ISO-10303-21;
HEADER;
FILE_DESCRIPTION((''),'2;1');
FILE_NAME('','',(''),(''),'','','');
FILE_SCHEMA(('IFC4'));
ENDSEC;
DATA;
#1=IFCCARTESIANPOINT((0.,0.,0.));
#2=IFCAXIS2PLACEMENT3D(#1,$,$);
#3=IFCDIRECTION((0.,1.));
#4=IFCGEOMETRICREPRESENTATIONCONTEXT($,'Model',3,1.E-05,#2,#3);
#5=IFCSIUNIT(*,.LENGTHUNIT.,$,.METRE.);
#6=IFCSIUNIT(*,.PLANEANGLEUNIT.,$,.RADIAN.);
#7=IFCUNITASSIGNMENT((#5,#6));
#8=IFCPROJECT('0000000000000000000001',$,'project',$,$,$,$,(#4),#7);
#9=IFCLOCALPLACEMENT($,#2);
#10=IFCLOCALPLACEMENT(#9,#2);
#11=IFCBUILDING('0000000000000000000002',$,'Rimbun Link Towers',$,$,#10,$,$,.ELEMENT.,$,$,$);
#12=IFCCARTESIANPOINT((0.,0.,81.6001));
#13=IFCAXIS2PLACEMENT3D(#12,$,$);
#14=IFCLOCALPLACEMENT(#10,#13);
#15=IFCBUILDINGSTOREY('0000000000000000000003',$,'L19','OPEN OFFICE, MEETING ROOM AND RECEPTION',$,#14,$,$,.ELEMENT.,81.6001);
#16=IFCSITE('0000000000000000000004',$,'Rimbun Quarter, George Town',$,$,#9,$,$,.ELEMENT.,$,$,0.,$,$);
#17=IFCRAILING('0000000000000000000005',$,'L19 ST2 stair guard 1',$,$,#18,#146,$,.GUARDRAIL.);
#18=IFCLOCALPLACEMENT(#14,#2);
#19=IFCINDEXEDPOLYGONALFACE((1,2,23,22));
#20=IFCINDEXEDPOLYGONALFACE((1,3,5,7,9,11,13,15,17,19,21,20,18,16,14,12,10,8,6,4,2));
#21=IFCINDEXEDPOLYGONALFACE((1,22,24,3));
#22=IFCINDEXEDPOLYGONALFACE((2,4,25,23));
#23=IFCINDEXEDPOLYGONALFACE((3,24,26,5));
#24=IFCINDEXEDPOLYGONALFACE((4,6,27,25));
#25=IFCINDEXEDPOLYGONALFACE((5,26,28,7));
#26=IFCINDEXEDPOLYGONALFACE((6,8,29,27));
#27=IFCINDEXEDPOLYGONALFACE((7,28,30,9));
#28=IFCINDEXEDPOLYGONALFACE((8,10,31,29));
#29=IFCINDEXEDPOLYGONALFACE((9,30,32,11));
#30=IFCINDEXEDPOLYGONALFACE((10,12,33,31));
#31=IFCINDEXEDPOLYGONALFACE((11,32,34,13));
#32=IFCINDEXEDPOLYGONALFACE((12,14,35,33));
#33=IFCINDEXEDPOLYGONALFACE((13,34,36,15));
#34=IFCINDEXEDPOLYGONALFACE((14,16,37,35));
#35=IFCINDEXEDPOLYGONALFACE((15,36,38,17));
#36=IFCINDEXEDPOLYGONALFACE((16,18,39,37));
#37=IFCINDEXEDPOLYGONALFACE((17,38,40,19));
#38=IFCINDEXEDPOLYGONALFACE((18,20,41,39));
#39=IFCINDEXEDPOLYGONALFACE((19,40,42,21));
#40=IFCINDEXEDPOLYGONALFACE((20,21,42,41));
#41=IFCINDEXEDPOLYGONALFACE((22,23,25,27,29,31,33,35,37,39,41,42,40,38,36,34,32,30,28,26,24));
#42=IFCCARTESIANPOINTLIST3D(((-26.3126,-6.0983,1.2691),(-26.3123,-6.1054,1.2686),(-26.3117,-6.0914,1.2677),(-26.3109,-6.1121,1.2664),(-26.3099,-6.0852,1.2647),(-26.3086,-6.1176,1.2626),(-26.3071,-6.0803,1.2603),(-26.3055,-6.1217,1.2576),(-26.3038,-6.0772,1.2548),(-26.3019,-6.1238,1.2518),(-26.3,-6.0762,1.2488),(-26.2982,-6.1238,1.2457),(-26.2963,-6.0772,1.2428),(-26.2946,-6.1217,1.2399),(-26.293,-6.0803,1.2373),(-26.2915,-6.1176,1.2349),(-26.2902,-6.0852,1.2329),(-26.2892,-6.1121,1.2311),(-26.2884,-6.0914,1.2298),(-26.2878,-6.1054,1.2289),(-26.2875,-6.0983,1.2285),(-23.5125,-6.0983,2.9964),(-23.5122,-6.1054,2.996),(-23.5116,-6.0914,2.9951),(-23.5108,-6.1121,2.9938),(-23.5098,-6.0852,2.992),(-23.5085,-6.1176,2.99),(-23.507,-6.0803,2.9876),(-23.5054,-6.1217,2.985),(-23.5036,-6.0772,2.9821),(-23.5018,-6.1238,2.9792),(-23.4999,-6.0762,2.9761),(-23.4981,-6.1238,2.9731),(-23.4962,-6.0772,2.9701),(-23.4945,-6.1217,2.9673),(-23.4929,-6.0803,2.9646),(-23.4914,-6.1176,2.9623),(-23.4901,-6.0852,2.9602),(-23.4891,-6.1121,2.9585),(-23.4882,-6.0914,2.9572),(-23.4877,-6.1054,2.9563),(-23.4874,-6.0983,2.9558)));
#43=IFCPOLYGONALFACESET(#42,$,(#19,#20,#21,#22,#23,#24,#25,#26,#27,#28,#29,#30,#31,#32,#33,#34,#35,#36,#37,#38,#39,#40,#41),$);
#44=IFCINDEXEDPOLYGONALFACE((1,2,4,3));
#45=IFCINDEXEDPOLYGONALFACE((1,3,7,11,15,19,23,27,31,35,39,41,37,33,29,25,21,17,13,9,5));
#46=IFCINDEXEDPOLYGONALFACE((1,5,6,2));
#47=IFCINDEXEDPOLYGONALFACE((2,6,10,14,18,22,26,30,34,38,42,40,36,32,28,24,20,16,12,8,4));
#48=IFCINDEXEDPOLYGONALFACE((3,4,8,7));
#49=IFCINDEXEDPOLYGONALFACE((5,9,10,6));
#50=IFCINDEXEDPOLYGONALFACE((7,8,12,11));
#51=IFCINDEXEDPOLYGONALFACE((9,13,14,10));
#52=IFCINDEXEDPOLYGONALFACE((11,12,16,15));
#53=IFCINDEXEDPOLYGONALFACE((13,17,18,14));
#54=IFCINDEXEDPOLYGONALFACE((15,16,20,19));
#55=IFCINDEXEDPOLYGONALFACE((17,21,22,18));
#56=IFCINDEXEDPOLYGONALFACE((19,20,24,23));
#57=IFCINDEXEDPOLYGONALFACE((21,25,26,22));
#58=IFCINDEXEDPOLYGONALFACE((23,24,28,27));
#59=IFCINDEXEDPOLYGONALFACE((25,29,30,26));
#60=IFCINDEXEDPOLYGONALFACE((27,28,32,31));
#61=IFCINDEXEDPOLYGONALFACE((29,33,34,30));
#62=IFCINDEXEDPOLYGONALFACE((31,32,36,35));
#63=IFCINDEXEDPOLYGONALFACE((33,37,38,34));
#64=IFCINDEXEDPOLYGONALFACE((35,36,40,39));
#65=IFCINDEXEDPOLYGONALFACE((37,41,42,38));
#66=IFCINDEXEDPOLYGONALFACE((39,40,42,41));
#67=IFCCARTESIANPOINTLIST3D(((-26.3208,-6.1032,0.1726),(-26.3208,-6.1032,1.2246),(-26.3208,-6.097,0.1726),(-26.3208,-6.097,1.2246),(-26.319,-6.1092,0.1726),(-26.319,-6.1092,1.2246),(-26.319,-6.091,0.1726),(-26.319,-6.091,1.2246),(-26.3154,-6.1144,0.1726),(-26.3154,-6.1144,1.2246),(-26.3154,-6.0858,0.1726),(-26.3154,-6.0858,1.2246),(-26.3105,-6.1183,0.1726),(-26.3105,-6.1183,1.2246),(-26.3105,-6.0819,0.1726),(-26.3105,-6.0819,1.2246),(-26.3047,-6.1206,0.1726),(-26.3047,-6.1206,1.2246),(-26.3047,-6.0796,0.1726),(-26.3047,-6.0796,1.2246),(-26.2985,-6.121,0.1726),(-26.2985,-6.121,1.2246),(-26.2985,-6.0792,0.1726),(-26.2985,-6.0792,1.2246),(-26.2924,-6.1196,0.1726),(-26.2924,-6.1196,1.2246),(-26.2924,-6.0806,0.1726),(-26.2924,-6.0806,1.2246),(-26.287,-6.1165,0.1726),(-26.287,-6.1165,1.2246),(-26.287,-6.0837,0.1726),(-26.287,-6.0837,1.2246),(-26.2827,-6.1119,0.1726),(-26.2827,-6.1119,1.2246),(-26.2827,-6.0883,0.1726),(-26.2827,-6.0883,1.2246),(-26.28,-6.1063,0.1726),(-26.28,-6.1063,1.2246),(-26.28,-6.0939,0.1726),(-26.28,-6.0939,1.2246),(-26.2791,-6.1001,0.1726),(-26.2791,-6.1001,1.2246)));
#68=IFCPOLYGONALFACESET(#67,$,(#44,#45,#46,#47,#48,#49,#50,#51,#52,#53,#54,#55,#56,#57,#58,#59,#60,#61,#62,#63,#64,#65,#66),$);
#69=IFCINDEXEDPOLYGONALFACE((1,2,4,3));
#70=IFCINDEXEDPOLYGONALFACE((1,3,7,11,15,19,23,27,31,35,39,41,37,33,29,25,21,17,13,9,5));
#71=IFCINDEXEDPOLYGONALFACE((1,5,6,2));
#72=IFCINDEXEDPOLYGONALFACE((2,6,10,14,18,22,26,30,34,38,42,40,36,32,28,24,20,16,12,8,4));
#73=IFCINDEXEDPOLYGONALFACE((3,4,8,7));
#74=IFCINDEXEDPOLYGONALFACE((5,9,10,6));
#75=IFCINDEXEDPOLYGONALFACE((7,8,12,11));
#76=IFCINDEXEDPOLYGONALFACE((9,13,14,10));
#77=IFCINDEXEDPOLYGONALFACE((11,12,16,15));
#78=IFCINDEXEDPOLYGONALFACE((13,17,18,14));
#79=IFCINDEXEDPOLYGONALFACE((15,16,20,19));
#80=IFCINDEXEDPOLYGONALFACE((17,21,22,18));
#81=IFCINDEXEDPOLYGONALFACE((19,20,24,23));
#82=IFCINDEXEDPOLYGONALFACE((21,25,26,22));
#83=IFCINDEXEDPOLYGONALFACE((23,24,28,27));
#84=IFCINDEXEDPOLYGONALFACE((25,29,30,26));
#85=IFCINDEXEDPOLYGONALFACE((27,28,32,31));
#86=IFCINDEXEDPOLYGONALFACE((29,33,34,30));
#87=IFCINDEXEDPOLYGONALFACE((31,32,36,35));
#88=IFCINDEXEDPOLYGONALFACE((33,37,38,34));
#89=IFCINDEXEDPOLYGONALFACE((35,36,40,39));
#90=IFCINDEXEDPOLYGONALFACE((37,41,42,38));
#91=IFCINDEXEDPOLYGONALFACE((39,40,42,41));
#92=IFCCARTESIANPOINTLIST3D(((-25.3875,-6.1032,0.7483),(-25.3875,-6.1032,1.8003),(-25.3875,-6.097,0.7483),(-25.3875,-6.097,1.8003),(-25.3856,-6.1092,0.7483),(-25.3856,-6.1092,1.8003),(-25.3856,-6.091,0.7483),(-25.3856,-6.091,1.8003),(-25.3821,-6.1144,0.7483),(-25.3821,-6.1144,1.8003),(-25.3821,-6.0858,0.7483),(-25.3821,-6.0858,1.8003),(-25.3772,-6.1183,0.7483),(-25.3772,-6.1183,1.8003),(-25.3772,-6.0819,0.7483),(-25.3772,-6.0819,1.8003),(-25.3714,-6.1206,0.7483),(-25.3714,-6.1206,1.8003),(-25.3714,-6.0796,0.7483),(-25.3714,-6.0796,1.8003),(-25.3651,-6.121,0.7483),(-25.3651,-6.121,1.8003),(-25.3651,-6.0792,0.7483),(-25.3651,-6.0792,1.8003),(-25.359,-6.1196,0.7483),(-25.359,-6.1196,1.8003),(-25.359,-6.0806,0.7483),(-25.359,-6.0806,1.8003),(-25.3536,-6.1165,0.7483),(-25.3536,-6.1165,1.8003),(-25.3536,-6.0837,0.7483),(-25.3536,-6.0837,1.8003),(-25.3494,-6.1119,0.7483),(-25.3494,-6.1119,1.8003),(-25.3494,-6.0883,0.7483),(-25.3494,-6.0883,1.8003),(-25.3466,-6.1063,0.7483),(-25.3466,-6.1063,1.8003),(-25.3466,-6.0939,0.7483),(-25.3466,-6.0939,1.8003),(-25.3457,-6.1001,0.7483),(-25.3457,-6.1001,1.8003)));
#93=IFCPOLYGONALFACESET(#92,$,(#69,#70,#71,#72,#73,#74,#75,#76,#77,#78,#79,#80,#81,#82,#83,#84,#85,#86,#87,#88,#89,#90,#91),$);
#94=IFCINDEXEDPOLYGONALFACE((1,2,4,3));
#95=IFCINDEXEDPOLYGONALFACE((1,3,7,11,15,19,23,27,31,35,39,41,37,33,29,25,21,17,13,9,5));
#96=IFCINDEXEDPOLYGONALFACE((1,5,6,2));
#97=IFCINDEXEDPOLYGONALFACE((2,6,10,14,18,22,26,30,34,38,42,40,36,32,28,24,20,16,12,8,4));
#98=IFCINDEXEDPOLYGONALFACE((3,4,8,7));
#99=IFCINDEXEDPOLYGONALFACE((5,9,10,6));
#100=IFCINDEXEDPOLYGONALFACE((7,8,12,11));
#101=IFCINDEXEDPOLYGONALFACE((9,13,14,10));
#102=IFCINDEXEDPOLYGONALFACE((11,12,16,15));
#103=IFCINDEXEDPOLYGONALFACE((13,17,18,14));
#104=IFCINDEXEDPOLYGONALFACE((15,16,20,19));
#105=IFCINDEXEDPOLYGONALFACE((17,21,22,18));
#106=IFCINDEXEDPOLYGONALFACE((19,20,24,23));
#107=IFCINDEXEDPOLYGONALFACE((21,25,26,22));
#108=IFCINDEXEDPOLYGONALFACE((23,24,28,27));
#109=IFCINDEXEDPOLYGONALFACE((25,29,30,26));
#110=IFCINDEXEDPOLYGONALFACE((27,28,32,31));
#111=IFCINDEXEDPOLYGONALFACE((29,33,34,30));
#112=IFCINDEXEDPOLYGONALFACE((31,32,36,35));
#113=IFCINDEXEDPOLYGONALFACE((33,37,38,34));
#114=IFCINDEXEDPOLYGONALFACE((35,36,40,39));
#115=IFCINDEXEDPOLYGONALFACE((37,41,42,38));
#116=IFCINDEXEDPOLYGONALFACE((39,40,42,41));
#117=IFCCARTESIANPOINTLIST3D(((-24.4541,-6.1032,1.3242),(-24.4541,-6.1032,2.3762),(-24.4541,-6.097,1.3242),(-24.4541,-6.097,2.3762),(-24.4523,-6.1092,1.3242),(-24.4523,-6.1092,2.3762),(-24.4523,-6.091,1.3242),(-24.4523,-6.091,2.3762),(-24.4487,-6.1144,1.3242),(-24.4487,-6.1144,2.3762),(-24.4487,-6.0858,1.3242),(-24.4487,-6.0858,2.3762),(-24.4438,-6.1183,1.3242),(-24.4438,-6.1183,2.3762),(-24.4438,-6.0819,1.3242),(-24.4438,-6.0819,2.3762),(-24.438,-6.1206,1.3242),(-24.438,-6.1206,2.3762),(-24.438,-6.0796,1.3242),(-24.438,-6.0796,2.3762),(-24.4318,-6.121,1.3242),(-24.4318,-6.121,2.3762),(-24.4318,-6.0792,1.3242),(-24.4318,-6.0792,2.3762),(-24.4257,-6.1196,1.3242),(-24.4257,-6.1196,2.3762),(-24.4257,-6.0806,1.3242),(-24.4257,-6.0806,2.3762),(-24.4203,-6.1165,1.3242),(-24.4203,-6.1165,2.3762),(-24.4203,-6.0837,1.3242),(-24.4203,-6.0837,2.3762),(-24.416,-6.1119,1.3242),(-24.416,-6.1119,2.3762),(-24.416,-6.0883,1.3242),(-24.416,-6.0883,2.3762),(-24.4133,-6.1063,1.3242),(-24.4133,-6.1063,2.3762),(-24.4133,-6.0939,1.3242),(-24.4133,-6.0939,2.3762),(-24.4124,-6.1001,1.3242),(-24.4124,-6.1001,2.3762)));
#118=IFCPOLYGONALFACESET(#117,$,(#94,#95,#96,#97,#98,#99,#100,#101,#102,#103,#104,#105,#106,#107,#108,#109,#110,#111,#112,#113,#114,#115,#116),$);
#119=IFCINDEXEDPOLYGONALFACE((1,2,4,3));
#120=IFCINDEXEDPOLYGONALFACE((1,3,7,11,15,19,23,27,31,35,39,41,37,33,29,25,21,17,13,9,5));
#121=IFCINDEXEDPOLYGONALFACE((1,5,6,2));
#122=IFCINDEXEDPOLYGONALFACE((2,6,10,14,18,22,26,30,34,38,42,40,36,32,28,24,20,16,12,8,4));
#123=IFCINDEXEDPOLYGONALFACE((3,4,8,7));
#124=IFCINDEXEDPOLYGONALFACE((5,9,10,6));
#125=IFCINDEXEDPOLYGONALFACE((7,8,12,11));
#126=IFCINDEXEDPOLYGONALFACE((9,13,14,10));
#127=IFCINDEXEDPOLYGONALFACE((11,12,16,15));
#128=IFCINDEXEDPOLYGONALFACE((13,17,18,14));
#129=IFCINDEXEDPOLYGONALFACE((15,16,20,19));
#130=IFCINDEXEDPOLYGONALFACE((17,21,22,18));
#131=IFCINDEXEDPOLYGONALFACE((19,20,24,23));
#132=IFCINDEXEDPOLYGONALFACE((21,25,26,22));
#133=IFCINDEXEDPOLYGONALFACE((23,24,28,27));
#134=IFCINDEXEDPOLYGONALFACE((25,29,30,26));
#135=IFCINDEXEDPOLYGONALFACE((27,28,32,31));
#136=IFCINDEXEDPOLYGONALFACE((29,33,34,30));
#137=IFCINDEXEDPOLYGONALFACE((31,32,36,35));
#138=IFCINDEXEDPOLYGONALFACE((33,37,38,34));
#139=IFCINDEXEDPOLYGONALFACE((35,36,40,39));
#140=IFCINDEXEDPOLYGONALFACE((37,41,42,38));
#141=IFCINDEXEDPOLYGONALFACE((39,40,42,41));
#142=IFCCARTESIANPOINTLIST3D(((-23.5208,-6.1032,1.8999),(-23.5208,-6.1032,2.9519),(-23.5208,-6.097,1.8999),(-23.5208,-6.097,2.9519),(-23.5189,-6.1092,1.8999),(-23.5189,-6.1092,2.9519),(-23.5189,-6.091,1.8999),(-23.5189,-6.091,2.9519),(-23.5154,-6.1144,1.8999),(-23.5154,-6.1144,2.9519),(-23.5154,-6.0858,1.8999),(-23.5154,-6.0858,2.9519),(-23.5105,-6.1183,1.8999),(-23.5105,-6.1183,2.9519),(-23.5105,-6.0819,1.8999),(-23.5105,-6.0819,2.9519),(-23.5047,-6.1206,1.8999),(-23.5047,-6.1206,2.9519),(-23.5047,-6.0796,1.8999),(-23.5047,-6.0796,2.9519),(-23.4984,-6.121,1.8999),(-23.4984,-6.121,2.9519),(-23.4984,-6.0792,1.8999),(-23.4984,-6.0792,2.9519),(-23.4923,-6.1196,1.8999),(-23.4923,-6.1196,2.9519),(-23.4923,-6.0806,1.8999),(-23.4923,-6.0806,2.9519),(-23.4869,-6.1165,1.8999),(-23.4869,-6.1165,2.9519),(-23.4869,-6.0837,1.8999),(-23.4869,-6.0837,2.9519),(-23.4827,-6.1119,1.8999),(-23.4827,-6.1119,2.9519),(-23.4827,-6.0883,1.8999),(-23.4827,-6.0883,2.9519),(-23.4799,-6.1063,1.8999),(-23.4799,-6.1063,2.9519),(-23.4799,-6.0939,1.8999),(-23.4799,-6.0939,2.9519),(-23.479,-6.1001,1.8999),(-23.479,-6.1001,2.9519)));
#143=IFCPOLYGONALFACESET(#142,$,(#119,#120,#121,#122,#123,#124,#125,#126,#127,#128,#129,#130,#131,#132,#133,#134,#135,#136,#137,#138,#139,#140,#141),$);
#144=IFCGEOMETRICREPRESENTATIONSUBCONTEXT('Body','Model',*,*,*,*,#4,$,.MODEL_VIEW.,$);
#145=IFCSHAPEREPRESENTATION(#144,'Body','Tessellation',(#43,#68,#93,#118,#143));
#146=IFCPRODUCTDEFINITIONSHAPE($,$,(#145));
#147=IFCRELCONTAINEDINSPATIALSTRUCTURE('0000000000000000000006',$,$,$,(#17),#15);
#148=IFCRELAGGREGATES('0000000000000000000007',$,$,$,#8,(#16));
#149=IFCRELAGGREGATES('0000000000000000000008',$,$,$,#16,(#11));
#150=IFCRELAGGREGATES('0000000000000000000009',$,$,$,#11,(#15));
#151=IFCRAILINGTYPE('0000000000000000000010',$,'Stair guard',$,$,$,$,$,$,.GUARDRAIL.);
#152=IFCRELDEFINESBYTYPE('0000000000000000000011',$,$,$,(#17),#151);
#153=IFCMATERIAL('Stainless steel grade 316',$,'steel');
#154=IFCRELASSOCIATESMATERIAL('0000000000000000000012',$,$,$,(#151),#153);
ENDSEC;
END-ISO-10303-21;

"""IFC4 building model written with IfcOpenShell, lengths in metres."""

from ifc_helpers import new_model, si_unit, direction, frame, origin, origin_2d, place, context, subcontext, project, spatial, circle, extrude, material, type_object, element, save


model = new_model("IFC4")

# Units and contexts
model_context = context("Model", 3, precision=1e-05, world=origin(), true_north=direction((0.0, 1.0)))
body_context = subcontext(model_context, "Body", "Model", "MODEL_VIEW")
ifc_project = project(units=[si_unit("LENGTHUNIT", "METRE"), si_unit("PLANEANGLEUNIT", "RADIAN")], contexts=[model_context])

# Site, building, storey
site_placement = place(None, origin())
site = spatial("IfcSite", under=ifc_project, at=site_placement, Name="Rimbun Quarter, George Town", CompositionType="ELEMENT", RefElevation=0.0)
building_placement = place(site_placement, origin())
building = spatial("IfcBuilding", under=site, at=building_placement, Name="Rimbun Link Towers", CompositionType="ELEMENT")
storey_placement = place(building_placement, frame((0.0, 0.0, 81.6001)))
storey = spatial("IfcBuildingStorey", under=building, at=storey_placement, Name="L19", Description="OPEN OFFICE, MEETING ROOM AND RECEPTION", CompositionType="ELEMENT", Elevation=81.6001)

# Railing
ifc_material_1 = material(Name="Stainless steel grade 316", Category="steel")
railing_type_1 = type_object("IfcRailingType", Name="Stair guard", PredefinedType="GUARDRAIL", material=ifc_material_1)
railing_1_placement = place(storey_placement, frame((-26.3, -6.1001, 0.1726)))
element("IfcRailing", 1, at=railing_1_placement, inside=storey, type_object=railing_type_1, Name="L19 ST2 stair guard 1", PredefinedType="GUARDRAIL", context=body_context, shape_type="SweptSolid", body=[
    extrude(circle(Radius=0.0239, at=origin_2d()), frame((0.0, 0.0, 1.0762), z_axis=(0.85109, 0.0, 0.52502), x_axis=(0.0, 1.0, 0.0)), (0.0, 0.0, 1.0), 3.29),
    extrude(circle(Radius=0.021, at=origin_2d()), origin(), (0.0, 0.0, 1.0), 1.052),
    extrude(circle(Radius=0.021, at=origin_2d()), frame((0.9333, 0.0, 0.5757)), (0.0, 0.0, 1.0), 1.052),
    extrude(circle(Radius=0.021, at=origin_2d()), frame((1.8667, 0.0, 1.1516)), (0.0, 0.0, 1.0), 1.052),
    extrude(circle(Radius=0.021, at=origin_2d()), frame((2.8, 0.0, 1.7273)), (0.0, 0.0, 1.0), 1.052),
])

save(model, "model.ifc")
